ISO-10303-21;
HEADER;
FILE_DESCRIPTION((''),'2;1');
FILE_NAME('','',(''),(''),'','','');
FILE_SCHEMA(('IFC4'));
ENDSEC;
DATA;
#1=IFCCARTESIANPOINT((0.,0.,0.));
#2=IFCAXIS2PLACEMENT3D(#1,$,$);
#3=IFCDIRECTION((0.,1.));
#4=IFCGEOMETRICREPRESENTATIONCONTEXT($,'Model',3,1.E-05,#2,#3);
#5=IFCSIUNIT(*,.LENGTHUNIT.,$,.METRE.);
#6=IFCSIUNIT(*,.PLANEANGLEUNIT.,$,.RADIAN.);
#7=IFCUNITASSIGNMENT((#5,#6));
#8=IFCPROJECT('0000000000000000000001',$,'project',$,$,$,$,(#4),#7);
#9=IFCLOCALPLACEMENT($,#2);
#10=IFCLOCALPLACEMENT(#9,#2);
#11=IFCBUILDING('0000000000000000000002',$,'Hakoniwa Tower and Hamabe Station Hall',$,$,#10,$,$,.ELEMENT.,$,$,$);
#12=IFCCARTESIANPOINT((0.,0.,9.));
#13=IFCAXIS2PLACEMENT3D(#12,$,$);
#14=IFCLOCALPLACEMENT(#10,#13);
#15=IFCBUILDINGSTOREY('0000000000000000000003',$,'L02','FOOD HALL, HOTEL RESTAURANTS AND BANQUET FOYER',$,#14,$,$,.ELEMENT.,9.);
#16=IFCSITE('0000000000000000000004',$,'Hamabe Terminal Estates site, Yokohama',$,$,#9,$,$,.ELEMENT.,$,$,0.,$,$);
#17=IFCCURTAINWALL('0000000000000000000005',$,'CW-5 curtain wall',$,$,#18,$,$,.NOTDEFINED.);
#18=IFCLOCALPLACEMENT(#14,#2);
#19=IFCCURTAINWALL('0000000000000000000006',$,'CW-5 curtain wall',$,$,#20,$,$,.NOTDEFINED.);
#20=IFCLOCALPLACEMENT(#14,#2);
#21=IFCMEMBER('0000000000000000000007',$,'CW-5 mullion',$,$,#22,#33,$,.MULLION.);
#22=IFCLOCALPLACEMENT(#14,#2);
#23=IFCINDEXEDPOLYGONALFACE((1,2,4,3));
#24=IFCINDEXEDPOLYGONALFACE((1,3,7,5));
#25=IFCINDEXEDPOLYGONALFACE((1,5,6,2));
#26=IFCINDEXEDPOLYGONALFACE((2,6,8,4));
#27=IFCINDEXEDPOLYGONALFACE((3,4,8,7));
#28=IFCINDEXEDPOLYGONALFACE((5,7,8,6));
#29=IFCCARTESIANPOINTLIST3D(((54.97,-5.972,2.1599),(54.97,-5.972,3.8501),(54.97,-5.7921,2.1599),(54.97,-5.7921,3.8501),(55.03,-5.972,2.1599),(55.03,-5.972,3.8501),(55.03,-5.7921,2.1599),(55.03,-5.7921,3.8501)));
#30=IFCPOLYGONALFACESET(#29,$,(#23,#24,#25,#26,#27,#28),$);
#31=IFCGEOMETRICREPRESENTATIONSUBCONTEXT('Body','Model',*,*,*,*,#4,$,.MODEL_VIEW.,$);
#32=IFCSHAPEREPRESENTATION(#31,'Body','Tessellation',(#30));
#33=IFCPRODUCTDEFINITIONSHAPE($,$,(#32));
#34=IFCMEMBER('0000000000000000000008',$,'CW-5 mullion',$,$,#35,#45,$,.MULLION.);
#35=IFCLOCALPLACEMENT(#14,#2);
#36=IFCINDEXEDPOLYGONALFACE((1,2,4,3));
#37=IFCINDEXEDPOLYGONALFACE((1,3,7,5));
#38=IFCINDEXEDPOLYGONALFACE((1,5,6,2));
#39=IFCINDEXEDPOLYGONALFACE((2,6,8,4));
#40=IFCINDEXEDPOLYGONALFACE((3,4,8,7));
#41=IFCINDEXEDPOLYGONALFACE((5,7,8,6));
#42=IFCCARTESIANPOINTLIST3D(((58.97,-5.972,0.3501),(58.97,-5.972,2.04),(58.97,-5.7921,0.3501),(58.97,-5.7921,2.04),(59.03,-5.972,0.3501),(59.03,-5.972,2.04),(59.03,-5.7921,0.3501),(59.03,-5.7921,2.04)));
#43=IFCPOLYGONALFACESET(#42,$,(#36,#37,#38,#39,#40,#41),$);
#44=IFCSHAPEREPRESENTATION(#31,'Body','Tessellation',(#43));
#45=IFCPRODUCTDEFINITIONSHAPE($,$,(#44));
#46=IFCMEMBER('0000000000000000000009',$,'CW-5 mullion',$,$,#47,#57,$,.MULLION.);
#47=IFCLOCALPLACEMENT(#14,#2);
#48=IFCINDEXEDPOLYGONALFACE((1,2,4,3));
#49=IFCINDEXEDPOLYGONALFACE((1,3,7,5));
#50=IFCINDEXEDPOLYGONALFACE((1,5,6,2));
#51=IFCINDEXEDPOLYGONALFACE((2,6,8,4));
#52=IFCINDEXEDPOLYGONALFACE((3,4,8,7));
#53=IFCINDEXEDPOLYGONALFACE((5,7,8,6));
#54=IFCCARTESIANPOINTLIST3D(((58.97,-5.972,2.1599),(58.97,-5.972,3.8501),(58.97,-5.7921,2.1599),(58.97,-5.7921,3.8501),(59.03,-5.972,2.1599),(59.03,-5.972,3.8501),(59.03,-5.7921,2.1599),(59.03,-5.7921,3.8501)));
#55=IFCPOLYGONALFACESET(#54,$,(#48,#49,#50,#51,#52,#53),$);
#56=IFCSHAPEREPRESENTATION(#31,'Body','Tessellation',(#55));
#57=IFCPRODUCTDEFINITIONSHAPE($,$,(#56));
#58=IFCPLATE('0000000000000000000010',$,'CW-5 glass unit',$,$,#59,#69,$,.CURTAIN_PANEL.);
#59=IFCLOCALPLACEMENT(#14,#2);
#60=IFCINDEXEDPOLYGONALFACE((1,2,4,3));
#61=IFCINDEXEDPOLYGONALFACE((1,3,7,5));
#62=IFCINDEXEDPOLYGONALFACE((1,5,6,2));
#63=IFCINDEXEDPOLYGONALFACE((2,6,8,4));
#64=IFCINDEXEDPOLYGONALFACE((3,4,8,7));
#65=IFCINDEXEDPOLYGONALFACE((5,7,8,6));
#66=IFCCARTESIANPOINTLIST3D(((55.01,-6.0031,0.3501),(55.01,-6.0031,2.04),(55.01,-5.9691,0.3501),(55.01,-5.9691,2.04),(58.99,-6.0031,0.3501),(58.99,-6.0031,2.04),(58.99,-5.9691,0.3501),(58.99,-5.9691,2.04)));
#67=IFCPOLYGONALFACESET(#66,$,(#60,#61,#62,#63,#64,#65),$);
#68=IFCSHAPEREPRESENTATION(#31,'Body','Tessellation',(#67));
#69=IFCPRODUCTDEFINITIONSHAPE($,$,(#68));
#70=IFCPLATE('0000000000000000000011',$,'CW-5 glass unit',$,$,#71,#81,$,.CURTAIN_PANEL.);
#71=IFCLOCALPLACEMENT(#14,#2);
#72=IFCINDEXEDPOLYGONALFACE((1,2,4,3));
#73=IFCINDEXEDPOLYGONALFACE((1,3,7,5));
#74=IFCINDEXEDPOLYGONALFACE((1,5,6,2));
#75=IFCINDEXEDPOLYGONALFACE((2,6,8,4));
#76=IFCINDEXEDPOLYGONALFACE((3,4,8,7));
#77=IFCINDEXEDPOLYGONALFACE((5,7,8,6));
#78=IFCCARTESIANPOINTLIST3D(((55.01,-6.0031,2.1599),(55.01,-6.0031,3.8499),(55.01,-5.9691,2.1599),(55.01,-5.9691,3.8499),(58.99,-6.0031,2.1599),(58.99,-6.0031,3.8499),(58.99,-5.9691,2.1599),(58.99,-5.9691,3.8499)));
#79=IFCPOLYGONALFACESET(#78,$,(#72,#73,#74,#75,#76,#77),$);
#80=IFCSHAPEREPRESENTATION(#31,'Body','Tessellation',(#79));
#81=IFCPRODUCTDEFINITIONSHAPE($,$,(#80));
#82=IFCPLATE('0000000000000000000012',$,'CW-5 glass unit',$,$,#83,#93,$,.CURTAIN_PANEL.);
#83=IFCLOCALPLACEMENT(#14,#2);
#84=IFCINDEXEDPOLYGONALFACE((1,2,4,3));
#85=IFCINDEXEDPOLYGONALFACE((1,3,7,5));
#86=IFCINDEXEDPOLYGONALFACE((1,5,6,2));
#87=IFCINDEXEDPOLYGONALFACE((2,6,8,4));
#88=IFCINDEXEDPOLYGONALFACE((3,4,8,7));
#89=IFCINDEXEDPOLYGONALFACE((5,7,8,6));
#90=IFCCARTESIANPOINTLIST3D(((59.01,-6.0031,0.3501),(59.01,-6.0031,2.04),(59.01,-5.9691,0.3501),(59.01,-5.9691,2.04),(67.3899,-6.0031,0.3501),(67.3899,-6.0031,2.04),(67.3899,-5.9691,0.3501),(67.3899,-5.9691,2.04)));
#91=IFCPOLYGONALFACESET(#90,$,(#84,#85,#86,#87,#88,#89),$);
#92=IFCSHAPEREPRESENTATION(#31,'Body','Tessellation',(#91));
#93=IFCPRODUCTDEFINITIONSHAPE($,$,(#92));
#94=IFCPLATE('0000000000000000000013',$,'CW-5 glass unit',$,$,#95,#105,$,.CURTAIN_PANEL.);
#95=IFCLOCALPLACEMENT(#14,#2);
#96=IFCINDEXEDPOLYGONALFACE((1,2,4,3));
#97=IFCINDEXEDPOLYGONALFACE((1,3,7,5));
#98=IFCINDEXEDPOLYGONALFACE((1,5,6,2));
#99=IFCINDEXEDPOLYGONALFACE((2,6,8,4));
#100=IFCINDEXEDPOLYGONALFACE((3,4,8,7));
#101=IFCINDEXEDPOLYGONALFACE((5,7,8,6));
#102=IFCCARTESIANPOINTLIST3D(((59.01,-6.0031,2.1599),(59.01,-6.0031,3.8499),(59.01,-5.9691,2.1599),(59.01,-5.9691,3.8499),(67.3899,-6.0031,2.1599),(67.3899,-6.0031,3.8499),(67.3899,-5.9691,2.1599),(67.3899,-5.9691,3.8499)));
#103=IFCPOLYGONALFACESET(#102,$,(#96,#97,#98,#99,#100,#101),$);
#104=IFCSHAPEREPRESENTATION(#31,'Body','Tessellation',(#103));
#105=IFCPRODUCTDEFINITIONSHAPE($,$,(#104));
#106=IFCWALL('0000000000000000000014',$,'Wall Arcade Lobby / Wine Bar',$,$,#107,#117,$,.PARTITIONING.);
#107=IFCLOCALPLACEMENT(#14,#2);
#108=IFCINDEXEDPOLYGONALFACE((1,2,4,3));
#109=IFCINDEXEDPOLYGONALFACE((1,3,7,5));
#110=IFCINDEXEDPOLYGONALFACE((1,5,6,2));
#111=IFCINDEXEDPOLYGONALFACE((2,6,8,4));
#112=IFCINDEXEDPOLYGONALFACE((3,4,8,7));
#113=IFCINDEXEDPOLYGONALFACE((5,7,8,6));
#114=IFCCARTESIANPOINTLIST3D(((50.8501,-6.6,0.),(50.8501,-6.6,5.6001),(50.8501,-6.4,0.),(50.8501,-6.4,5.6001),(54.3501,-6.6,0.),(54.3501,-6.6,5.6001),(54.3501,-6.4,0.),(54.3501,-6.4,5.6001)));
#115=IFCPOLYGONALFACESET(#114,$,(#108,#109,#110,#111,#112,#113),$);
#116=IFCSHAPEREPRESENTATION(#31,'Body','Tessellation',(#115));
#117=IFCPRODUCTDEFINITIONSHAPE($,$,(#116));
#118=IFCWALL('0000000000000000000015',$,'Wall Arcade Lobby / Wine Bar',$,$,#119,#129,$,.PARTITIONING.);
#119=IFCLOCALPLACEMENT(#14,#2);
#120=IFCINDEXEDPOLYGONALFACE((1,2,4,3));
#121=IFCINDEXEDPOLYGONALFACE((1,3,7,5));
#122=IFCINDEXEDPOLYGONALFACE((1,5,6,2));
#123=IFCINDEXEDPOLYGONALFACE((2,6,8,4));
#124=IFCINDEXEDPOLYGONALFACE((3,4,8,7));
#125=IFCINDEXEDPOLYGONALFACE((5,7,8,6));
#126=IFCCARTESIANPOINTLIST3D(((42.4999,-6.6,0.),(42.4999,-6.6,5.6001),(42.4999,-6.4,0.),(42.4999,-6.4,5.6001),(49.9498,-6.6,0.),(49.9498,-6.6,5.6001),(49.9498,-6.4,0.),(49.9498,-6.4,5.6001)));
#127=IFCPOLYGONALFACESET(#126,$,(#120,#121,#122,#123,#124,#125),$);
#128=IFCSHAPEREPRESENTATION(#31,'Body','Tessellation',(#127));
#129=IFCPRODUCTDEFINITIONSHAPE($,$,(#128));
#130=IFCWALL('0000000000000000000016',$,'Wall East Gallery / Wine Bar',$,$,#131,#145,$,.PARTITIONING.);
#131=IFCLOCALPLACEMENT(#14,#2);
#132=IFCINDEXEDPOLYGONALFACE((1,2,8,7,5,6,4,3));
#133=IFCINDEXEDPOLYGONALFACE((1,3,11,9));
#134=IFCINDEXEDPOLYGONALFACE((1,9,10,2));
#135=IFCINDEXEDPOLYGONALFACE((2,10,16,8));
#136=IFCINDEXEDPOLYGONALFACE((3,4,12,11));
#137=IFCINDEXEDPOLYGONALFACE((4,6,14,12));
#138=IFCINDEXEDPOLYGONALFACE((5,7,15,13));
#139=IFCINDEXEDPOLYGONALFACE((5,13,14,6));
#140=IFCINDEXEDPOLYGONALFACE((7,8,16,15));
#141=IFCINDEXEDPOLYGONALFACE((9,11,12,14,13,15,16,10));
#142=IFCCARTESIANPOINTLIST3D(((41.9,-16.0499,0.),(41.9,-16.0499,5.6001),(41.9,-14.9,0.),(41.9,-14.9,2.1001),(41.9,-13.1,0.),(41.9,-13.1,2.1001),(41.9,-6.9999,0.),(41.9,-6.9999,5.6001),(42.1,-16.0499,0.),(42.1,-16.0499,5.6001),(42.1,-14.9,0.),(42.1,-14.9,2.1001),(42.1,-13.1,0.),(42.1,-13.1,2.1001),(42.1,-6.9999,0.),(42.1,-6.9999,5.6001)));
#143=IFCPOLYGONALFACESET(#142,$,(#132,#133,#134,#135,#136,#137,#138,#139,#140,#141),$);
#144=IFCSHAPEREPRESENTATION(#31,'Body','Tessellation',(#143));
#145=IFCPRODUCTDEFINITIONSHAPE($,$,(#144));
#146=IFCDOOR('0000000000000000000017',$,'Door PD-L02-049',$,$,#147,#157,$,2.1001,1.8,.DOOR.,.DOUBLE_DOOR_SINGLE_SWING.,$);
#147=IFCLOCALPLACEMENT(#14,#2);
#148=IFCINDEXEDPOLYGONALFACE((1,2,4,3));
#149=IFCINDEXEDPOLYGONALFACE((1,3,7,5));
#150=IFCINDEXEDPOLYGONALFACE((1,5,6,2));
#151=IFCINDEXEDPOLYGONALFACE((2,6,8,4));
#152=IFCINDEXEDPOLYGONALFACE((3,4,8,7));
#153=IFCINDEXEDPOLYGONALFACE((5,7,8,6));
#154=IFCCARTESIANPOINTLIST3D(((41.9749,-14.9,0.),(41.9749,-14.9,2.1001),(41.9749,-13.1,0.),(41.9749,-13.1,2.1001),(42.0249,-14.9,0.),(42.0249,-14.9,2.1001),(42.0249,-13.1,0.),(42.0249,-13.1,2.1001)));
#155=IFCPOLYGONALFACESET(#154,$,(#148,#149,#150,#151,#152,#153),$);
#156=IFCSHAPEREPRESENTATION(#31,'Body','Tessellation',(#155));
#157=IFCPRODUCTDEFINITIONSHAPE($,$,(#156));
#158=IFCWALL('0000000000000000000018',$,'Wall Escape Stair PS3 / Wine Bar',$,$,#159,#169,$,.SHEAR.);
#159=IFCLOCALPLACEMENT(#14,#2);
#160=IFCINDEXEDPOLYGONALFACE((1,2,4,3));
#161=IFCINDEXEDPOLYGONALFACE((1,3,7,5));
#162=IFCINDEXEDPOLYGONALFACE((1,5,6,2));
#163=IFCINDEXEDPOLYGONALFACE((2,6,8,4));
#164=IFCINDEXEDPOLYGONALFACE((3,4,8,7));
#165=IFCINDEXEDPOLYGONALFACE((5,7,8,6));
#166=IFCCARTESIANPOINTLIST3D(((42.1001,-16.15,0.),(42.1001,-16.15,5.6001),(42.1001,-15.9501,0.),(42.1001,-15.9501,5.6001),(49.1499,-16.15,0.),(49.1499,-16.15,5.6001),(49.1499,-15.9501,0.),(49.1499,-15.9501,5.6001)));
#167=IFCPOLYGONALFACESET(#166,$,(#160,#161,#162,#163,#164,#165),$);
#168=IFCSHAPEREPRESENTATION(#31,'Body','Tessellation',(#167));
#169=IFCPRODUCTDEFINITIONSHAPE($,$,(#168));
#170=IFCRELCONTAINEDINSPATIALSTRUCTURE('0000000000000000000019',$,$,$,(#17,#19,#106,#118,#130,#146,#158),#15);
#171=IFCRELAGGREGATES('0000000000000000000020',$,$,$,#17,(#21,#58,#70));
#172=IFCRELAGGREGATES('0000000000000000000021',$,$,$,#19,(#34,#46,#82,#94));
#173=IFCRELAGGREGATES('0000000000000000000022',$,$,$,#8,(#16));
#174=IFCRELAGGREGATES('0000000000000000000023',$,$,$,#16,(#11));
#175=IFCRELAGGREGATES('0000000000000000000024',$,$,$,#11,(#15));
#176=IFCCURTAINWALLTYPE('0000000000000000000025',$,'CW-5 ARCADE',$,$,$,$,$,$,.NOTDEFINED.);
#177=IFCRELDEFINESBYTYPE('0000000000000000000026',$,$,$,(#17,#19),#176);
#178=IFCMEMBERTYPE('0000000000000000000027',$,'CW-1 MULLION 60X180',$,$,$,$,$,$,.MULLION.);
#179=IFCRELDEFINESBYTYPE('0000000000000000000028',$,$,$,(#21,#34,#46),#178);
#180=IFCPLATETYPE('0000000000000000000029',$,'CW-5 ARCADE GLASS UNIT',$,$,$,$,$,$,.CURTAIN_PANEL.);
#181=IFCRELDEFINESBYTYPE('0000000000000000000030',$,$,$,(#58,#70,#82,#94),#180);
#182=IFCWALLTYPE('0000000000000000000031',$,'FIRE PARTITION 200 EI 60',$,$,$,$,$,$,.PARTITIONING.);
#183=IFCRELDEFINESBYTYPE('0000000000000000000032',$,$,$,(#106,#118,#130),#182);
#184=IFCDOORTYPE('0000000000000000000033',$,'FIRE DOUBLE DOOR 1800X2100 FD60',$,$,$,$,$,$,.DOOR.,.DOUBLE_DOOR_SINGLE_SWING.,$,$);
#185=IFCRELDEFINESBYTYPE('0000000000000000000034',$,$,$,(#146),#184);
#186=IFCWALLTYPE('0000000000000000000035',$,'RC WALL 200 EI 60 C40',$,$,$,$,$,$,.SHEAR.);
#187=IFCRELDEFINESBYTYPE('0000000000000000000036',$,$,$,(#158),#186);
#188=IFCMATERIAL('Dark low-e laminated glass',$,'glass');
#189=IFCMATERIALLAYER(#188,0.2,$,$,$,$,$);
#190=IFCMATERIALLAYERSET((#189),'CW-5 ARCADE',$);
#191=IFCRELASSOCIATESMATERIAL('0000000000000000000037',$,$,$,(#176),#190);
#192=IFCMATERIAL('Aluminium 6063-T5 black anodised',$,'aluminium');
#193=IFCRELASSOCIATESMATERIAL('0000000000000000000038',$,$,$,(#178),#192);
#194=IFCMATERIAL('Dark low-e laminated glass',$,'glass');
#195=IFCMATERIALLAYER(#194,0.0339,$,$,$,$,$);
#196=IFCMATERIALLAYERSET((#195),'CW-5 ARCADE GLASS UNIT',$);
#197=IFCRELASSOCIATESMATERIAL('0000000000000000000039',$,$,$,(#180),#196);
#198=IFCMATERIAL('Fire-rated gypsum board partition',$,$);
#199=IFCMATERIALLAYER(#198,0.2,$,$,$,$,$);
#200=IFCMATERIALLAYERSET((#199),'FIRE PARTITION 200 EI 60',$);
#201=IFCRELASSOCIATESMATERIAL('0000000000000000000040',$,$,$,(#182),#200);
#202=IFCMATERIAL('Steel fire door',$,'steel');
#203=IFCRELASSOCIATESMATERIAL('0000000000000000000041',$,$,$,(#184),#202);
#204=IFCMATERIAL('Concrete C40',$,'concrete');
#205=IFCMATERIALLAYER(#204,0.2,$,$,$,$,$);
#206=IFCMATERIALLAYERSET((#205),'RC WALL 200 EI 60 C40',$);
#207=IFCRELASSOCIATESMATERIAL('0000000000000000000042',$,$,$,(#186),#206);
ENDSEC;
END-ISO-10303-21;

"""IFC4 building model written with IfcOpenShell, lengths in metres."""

from ifc_helpers import new_model, si_unit, direction, frame, frame_2d, origin, origin_2d, place, context, subcontext, project, spatial, rectangle, extrude, material, layer, layer_set, material_profile, profile_set, type_object, element, fill, aggregate, save


model = new_model("IFC4")

# Units and contexts
model_context = context("Model", 3, precision=1e-05, world=origin(), true_north=direction((0.0, 1.0)))
body_context = subcontext(model_context, "Body", "Model", "MODEL_VIEW")
ifc_project = project(units=[si_unit("LENGTHUNIT", "METRE"), si_unit("PLANEANGLEUNIT", "RADIAN")], contexts=[model_context])

# Site, building, storey
site_placement = place(None, origin())
site = spatial("IfcSite", under=ifc_project, at=site_placement, Name="Hamabe Terminal Estates site, Yokohama", CompositionType="ELEMENT", RefElevation=0.0)
building_placement = place(site_placement, origin())
building = spatial("IfcBuilding", under=site, at=building_placement, Name="Hakoniwa Tower and Hamabe Station Hall", CompositionType="ELEMENT")
storey_placement = place(building_placement, frame((0.0, 0.0, 9.0)))
storey = spatial("IfcBuildingStorey", under=building, at=storey_placement, Name="L02", Description="FOOD HALL, HOTEL RESTAURANTS AND BANQUET FOYER", CompositionType="ELEMENT", Elevation=9.0)

# Curtain walls
ifc_material_1 = material(Name="Dark low-e laminated glass", Category="glass")
ifc_layer_1 = layer(ifc_material_1, 0.2)
ifc_layer_set_1 = layer_set([ifc_layer_1], Name="CW-5 ARCADE")
curtain_wall_type = type_object("IfcCurtainWallType", Name="CW-5 ARCADE", PredefinedType="NOTDEFINED", material=ifc_layer_set_1)
curtain_wall_1_placement = place(storey_placement, origin())
curtain_wall_1 = element("IfcCurtainWall", 1, at=curtain_wall_1_placement, inside=storey, type_object=curtain_wall_type, Name="CW-5 curtain wall", PredefinedType="NOTDEFINED")
curtain_wall_2_placement = place(storey_placement, origin())
curtain_wall_2 = element("IfcCurtainWall", 2, at=curtain_wall_2_placement, inside=storey, type_object=curtain_wall_type, Name="CW-5 curtain wall", PredefinedType="NOTDEFINED")

# Members
ifc_material_2 = material(Name="Aluminium 6063-T5 black anodised", Category="aluminium")
ifc_material_profile_1 = material_profile(ifc_material_2, rectangle(XDim=0.0601, YDim=0.1799, at=origin_2d()), Name="CW-1 MULLION 60X180")
ifc_profile_set_1 = profile_set([ifc_material_profile_1], Name="Aluminium 6063-T5 black anodised")
member_type_1 = type_object("IfcMemberType", Name="CW-1 MULLION 60X180", PredefinedType="MULLION", material=ifc_profile_set_1)
member_1_placement = place(storey_placement, frame((55.0, -5.8821, 2.1599), z_axis=(0.0, 0.0, 1.0), x_axis=(1.0, 0.0, 0.0)))
member_1 = element("IfcMember", 3, at=member_1_placement, type_object=member_type_1, Name="CW-5 mullion", PredefinedType="MULLION", context=body_context, shape_type="SweptSolid", body=[
    extrude(rectangle(XDim=0.0601, YDim=0.1799, at=origin_2d()), origin(), (0.0, 0.0, 1.0), 1.6902),
])
member_2_placement = place(storey_placement, frame((59.0, -5.8821, 0.3501), z_axis=(0.0, 0.0, 1.0), x_axis=(1.0, 0.0, 0.0)))
member_2 = element("IfcMember", 4, at=member_2_placement, type_object=member_type_1, Name="CW-5 mullion", PredefinedType="MULLION", context=body_context, shape_type="SweptSolid", body=[
    extrude(rectangle(XDim=0.0601, YDim=0.1799, at=origin_2d()), origin(), (0.0, 0.0, 1.0), 1.6899),
])
member_3_placement = place(storey_placement, frame((59.0, -5.8821, 2.1599), z_axis=(0.0, 0.0, 1.0), x_axis=(1.0, 0.0, 0.0)))
member_3 = element("IfcMember", 5, at=member_3_placement, type_object=member_type_1, Name="CW-5 mullion", PredefinedType="MULLION", context=body_context, shape_type="SweptSolid", body=[
    extrude(rectangle(XDim=0.0601, YDim=0.1799, at=origin_2d()), origin(), (0.0, 0.0, 1.0), 1.6902),
])

# Plates
ifc_material_3 = material(Name="Dark low-e laminated glass", Category="glass")
ifc_layer_2 = layer(ifc_material_3, 0.0339)
ifc_layer_set_2 = layer_set([ifc_layer_2], Name="CW-5 ARCADE GLASS UNIT")
plate_type = type_object("IfcPlateType", Name="CW-5 ARCADE GLASS UNIT", PredefinedType="CURTAIN_PANEL", material=ifc_layer_set_2)
plate_1_placement = place(storey_placement, frame((57.0, -5.9861, 0.3501), z_axis=(0.0, 0.0, 1.0), x_axis=(1.0, 0.0, 0.0)))
plate_1 = element("IfcPlate", 6, at=plate_1_placement, type_object=plate_type, Name="CW-5 glass unit", PredefinedType="CURTAIN_PANEL", context=body_context, shape_type="SweptSolid", body=[
    extrude(rectangle(XDim=3.98, YDim=0.0339, at=origin_2d()), origin(), (0.0, 0.0, 1.0), 1.6899),
])
plate_2_placement = place(storey_placement, frame((57.0, -5.9861, 2.1599), z_axis=(0.0, 0.0, 1.0), x_axis=(1.0, 0.0, 0.0)))
plate_2 = element("IfcPlate", 7, at=plate_2_placement, type_object=plate_type, Name="CW-5 glass unit", PredefinedType="CURTAIN_PANEL", context=body_context, shape_type="SweptSolid", body=[
    extrude(rectangle(XDim=3.98, YDim=0.0339, at=origin_2d()), origin(), (0.0, 0.0, 1.0), 1.6899),
])
aggregate(curtain_wall_1, [member_1, plate_1, plate_2])
plate_3_placement = place(storey_placement, frame((63.2, -5.9861, 0.3501), z_axis=(0.0, 0.0, 1.0), x_axis=(1.0, 0.0, 0.0)))
plate_3 = element("IfcPlate", 8, at=plate_3_placement, type_object=plate_type, Name="CW-5 glass unit", PredefinedType="CURTAIN_PANEL", context=body_context, shape_type="SweptSolid", body=[
    extrude(rectangle(XDim=8.3799, YDim=0.0339, at=origin_2d()), origin(), (0.0, 0.0, 1.0), 1.6899),
])
plate_4_placement = place(storey_placement, frame((63.2, -5.9861, 2.1599), z_axis=(0.0, 0.0, 1.0), x_axis=(1.0, 0.0, 0.0)))
plate_4 = element("IfcPlate", 9, at=plate_4_placement, type_object=plate_type, Name="CW-5 glass unit", PredefinedType="CURTAIN_PANEL", context=body_context, shape_type="SweptSolid", body=[
    extrude(rectangle(XDim=8.3799, YDim=0.0339, at=origin_2d()), origin(), (0.0, 0.0, 1.0), 1.6899),
])
aggregate(curtain_wall_2, [member_2, member_3, plate_3, plate_4])

# Walls
ifc_material_4 = material(Name="Fire-rated gypsum board partition")
ifc_layer_3 = layer(ifc_material_4, 0.2)
ifc_layer_set_3 = layer_set([ifc_layer_3], Name="FIRE PARTITION 200 EI 60")
wall_type_1 = type_object("IfcWallType", Name="FIRE PARTITION 200 EI 60", PredefinedType="PARTITIONING", material=ifc_layer_set_3)
wall_1_placement = place(storey_placement, frame((54.3501, -6.5, 0.0), z_axis=(0.0, 0.0, 1.0), x_axis=(-1.0, 0.0, 0.0)))
element("IfcWall", 10, at=wall_1_placement, inside=storey, type_object=wall_type_1, Name="Wall Arcade Lobby / Wine Bar", PredefinedType="PARTITIONING", context=body_context, shape_type="SweptSolid", body=[
    extrude(rectangle(XDim=3.5, YDim=0.2, at=frame_2d((1.75, 0.0))), origin(), (0.0, 0.0, 1.0), 5.6001),
])
wall_2_placement = place(storey_placement, frame((49.95, -6.5, 0.0), z_axis=(0.0, 0.0, 1.0), x_axis=(-1.0, 0.0, 0.0)))
element("IfcWall", 11, at=wall_2_placement, inside=storey, type_object=wall_type_1, Name="Wall Arcade Lobby / Wine Bar", PredefinedType="PARTITIONING", context=body_context, shape_type="SweptSolid", body=[
    extrude(rectangle(XDim=7.45, YDim=0.2, at=frame_2d((3.7251, 0.0))), origin(), (0.0, 0.0, 1.0), 5.6001),
])

# Wall, opening, door
wall_3_placement = place(storey_placement, frame((42.0, -7.0, 0.0), z_axis=(0.0, 0.0, 1.0), x_axis=(0.0, -1.0, 0.0)))
wall_3 = element("IfcWall", 12, at=wall_3_placement, inside=storey, type_object=wall_type_1, Name="Wall East Gallery / Wine Bar", PredefinedType="PARTITIONING", context=body_context, shape_type="SweptSolid", body=[
    extrude(rectangle(XDim=9.05, YDim=0.2, at=frame_2d((4.5249, 0.0))), origin(), (0.0, 0.0, 1.0), 5.6001),
])
opening_placement = place(wall_3_placement, frame((6.1001, 0.0, 0.0)))
opening = element("IfcOpeningElement", 13, at=opening_placement, cuts=wall_3, PredefinedType="OPENING", context=body_context, shape_type="SweptSolid", body=[
    extrude(rectangle(XDim=1.8, YDim=2.1001, at=frame_2d((0.8999, 1.05))), frame((0.0, 0.1099, 0.0), z_axis=(0.0, -1.0, 0.0), x_axis=(1.0, 0.0, 0.0)), (0.0, 0.0, 1.0), 0.22),
])
ifc_material_5 = material(Name="Steel fire door", Category="steel")
door_type = type_object("IfcDoorType", Name="FIRE DOUBLE DOOR 1800X2100 FD60", OperationType="DOUBLE_DOOR_SINGLE_SWING", PredefinedType="DOOR", material=ifc_material_5)
door_placement = place(opening_placement, origin())
door = element("IfcDoor", 14, at=door_placement, inside=storey, type_object=door_type, Name="Door PD-L02-049", OperationType="DOUBLE_DOOR_SINGLE_SWING", OverallHeight=2.1001, OverallWidth=1.8, PredefinedType="DOOR", context=body_context, shape_type="SweptSolid", body=[
    extrude(rectangle(XDim=1.8, YDim=2.1001, at=frame_2d((0.8999, 1.05))), frame((0.0, 0.0249, 0.0), z_axis=(0.0, -1.0, 0.0), x_axis=(1.0, 0.0, 0.0)), (0.0, 0.0, 1.0), 0.05),
])
fill(opening, door)

# Wall
ifc_material_6 = material(Name="Concrete C40", Category="concrete")
ifc_layer_4 = layer(ifc_material_6, 0.2)
ifc_layer_set_4 = layer_set([ifc_layer_4], Name="RC WALL 200 EI 60 C40")
wall_type_2 = type_object("IfcWallType", Name="RC WALL 200 EI 60 C40", PredefinedType="SHEAR", material=ifc_layer_set_4)
wall_4_placement = place(storey_placement, frame((42.1001, -16.05, 0.0), z_axis=(0.0, 0.0, 1.0), x_axis=(1.0, 0.0, 0.0)))
element("IfcWall", 15, at=wall_4_placement, inside=storey, type_object=wall_type_2, Name="Wall Escape Stair PS3 / Wine Bar", PredefinedType="SHEAR", context=body_context, shape_type="SweptSolid", body=[
    extrude(rectangle(XDim=7.0498, YDim=0.2, at=frame_2d((3.5249, 0.0))), origin(), (0.0, 0.0, 1.0), 5.6001),
])

save(model, "model.ifc")
